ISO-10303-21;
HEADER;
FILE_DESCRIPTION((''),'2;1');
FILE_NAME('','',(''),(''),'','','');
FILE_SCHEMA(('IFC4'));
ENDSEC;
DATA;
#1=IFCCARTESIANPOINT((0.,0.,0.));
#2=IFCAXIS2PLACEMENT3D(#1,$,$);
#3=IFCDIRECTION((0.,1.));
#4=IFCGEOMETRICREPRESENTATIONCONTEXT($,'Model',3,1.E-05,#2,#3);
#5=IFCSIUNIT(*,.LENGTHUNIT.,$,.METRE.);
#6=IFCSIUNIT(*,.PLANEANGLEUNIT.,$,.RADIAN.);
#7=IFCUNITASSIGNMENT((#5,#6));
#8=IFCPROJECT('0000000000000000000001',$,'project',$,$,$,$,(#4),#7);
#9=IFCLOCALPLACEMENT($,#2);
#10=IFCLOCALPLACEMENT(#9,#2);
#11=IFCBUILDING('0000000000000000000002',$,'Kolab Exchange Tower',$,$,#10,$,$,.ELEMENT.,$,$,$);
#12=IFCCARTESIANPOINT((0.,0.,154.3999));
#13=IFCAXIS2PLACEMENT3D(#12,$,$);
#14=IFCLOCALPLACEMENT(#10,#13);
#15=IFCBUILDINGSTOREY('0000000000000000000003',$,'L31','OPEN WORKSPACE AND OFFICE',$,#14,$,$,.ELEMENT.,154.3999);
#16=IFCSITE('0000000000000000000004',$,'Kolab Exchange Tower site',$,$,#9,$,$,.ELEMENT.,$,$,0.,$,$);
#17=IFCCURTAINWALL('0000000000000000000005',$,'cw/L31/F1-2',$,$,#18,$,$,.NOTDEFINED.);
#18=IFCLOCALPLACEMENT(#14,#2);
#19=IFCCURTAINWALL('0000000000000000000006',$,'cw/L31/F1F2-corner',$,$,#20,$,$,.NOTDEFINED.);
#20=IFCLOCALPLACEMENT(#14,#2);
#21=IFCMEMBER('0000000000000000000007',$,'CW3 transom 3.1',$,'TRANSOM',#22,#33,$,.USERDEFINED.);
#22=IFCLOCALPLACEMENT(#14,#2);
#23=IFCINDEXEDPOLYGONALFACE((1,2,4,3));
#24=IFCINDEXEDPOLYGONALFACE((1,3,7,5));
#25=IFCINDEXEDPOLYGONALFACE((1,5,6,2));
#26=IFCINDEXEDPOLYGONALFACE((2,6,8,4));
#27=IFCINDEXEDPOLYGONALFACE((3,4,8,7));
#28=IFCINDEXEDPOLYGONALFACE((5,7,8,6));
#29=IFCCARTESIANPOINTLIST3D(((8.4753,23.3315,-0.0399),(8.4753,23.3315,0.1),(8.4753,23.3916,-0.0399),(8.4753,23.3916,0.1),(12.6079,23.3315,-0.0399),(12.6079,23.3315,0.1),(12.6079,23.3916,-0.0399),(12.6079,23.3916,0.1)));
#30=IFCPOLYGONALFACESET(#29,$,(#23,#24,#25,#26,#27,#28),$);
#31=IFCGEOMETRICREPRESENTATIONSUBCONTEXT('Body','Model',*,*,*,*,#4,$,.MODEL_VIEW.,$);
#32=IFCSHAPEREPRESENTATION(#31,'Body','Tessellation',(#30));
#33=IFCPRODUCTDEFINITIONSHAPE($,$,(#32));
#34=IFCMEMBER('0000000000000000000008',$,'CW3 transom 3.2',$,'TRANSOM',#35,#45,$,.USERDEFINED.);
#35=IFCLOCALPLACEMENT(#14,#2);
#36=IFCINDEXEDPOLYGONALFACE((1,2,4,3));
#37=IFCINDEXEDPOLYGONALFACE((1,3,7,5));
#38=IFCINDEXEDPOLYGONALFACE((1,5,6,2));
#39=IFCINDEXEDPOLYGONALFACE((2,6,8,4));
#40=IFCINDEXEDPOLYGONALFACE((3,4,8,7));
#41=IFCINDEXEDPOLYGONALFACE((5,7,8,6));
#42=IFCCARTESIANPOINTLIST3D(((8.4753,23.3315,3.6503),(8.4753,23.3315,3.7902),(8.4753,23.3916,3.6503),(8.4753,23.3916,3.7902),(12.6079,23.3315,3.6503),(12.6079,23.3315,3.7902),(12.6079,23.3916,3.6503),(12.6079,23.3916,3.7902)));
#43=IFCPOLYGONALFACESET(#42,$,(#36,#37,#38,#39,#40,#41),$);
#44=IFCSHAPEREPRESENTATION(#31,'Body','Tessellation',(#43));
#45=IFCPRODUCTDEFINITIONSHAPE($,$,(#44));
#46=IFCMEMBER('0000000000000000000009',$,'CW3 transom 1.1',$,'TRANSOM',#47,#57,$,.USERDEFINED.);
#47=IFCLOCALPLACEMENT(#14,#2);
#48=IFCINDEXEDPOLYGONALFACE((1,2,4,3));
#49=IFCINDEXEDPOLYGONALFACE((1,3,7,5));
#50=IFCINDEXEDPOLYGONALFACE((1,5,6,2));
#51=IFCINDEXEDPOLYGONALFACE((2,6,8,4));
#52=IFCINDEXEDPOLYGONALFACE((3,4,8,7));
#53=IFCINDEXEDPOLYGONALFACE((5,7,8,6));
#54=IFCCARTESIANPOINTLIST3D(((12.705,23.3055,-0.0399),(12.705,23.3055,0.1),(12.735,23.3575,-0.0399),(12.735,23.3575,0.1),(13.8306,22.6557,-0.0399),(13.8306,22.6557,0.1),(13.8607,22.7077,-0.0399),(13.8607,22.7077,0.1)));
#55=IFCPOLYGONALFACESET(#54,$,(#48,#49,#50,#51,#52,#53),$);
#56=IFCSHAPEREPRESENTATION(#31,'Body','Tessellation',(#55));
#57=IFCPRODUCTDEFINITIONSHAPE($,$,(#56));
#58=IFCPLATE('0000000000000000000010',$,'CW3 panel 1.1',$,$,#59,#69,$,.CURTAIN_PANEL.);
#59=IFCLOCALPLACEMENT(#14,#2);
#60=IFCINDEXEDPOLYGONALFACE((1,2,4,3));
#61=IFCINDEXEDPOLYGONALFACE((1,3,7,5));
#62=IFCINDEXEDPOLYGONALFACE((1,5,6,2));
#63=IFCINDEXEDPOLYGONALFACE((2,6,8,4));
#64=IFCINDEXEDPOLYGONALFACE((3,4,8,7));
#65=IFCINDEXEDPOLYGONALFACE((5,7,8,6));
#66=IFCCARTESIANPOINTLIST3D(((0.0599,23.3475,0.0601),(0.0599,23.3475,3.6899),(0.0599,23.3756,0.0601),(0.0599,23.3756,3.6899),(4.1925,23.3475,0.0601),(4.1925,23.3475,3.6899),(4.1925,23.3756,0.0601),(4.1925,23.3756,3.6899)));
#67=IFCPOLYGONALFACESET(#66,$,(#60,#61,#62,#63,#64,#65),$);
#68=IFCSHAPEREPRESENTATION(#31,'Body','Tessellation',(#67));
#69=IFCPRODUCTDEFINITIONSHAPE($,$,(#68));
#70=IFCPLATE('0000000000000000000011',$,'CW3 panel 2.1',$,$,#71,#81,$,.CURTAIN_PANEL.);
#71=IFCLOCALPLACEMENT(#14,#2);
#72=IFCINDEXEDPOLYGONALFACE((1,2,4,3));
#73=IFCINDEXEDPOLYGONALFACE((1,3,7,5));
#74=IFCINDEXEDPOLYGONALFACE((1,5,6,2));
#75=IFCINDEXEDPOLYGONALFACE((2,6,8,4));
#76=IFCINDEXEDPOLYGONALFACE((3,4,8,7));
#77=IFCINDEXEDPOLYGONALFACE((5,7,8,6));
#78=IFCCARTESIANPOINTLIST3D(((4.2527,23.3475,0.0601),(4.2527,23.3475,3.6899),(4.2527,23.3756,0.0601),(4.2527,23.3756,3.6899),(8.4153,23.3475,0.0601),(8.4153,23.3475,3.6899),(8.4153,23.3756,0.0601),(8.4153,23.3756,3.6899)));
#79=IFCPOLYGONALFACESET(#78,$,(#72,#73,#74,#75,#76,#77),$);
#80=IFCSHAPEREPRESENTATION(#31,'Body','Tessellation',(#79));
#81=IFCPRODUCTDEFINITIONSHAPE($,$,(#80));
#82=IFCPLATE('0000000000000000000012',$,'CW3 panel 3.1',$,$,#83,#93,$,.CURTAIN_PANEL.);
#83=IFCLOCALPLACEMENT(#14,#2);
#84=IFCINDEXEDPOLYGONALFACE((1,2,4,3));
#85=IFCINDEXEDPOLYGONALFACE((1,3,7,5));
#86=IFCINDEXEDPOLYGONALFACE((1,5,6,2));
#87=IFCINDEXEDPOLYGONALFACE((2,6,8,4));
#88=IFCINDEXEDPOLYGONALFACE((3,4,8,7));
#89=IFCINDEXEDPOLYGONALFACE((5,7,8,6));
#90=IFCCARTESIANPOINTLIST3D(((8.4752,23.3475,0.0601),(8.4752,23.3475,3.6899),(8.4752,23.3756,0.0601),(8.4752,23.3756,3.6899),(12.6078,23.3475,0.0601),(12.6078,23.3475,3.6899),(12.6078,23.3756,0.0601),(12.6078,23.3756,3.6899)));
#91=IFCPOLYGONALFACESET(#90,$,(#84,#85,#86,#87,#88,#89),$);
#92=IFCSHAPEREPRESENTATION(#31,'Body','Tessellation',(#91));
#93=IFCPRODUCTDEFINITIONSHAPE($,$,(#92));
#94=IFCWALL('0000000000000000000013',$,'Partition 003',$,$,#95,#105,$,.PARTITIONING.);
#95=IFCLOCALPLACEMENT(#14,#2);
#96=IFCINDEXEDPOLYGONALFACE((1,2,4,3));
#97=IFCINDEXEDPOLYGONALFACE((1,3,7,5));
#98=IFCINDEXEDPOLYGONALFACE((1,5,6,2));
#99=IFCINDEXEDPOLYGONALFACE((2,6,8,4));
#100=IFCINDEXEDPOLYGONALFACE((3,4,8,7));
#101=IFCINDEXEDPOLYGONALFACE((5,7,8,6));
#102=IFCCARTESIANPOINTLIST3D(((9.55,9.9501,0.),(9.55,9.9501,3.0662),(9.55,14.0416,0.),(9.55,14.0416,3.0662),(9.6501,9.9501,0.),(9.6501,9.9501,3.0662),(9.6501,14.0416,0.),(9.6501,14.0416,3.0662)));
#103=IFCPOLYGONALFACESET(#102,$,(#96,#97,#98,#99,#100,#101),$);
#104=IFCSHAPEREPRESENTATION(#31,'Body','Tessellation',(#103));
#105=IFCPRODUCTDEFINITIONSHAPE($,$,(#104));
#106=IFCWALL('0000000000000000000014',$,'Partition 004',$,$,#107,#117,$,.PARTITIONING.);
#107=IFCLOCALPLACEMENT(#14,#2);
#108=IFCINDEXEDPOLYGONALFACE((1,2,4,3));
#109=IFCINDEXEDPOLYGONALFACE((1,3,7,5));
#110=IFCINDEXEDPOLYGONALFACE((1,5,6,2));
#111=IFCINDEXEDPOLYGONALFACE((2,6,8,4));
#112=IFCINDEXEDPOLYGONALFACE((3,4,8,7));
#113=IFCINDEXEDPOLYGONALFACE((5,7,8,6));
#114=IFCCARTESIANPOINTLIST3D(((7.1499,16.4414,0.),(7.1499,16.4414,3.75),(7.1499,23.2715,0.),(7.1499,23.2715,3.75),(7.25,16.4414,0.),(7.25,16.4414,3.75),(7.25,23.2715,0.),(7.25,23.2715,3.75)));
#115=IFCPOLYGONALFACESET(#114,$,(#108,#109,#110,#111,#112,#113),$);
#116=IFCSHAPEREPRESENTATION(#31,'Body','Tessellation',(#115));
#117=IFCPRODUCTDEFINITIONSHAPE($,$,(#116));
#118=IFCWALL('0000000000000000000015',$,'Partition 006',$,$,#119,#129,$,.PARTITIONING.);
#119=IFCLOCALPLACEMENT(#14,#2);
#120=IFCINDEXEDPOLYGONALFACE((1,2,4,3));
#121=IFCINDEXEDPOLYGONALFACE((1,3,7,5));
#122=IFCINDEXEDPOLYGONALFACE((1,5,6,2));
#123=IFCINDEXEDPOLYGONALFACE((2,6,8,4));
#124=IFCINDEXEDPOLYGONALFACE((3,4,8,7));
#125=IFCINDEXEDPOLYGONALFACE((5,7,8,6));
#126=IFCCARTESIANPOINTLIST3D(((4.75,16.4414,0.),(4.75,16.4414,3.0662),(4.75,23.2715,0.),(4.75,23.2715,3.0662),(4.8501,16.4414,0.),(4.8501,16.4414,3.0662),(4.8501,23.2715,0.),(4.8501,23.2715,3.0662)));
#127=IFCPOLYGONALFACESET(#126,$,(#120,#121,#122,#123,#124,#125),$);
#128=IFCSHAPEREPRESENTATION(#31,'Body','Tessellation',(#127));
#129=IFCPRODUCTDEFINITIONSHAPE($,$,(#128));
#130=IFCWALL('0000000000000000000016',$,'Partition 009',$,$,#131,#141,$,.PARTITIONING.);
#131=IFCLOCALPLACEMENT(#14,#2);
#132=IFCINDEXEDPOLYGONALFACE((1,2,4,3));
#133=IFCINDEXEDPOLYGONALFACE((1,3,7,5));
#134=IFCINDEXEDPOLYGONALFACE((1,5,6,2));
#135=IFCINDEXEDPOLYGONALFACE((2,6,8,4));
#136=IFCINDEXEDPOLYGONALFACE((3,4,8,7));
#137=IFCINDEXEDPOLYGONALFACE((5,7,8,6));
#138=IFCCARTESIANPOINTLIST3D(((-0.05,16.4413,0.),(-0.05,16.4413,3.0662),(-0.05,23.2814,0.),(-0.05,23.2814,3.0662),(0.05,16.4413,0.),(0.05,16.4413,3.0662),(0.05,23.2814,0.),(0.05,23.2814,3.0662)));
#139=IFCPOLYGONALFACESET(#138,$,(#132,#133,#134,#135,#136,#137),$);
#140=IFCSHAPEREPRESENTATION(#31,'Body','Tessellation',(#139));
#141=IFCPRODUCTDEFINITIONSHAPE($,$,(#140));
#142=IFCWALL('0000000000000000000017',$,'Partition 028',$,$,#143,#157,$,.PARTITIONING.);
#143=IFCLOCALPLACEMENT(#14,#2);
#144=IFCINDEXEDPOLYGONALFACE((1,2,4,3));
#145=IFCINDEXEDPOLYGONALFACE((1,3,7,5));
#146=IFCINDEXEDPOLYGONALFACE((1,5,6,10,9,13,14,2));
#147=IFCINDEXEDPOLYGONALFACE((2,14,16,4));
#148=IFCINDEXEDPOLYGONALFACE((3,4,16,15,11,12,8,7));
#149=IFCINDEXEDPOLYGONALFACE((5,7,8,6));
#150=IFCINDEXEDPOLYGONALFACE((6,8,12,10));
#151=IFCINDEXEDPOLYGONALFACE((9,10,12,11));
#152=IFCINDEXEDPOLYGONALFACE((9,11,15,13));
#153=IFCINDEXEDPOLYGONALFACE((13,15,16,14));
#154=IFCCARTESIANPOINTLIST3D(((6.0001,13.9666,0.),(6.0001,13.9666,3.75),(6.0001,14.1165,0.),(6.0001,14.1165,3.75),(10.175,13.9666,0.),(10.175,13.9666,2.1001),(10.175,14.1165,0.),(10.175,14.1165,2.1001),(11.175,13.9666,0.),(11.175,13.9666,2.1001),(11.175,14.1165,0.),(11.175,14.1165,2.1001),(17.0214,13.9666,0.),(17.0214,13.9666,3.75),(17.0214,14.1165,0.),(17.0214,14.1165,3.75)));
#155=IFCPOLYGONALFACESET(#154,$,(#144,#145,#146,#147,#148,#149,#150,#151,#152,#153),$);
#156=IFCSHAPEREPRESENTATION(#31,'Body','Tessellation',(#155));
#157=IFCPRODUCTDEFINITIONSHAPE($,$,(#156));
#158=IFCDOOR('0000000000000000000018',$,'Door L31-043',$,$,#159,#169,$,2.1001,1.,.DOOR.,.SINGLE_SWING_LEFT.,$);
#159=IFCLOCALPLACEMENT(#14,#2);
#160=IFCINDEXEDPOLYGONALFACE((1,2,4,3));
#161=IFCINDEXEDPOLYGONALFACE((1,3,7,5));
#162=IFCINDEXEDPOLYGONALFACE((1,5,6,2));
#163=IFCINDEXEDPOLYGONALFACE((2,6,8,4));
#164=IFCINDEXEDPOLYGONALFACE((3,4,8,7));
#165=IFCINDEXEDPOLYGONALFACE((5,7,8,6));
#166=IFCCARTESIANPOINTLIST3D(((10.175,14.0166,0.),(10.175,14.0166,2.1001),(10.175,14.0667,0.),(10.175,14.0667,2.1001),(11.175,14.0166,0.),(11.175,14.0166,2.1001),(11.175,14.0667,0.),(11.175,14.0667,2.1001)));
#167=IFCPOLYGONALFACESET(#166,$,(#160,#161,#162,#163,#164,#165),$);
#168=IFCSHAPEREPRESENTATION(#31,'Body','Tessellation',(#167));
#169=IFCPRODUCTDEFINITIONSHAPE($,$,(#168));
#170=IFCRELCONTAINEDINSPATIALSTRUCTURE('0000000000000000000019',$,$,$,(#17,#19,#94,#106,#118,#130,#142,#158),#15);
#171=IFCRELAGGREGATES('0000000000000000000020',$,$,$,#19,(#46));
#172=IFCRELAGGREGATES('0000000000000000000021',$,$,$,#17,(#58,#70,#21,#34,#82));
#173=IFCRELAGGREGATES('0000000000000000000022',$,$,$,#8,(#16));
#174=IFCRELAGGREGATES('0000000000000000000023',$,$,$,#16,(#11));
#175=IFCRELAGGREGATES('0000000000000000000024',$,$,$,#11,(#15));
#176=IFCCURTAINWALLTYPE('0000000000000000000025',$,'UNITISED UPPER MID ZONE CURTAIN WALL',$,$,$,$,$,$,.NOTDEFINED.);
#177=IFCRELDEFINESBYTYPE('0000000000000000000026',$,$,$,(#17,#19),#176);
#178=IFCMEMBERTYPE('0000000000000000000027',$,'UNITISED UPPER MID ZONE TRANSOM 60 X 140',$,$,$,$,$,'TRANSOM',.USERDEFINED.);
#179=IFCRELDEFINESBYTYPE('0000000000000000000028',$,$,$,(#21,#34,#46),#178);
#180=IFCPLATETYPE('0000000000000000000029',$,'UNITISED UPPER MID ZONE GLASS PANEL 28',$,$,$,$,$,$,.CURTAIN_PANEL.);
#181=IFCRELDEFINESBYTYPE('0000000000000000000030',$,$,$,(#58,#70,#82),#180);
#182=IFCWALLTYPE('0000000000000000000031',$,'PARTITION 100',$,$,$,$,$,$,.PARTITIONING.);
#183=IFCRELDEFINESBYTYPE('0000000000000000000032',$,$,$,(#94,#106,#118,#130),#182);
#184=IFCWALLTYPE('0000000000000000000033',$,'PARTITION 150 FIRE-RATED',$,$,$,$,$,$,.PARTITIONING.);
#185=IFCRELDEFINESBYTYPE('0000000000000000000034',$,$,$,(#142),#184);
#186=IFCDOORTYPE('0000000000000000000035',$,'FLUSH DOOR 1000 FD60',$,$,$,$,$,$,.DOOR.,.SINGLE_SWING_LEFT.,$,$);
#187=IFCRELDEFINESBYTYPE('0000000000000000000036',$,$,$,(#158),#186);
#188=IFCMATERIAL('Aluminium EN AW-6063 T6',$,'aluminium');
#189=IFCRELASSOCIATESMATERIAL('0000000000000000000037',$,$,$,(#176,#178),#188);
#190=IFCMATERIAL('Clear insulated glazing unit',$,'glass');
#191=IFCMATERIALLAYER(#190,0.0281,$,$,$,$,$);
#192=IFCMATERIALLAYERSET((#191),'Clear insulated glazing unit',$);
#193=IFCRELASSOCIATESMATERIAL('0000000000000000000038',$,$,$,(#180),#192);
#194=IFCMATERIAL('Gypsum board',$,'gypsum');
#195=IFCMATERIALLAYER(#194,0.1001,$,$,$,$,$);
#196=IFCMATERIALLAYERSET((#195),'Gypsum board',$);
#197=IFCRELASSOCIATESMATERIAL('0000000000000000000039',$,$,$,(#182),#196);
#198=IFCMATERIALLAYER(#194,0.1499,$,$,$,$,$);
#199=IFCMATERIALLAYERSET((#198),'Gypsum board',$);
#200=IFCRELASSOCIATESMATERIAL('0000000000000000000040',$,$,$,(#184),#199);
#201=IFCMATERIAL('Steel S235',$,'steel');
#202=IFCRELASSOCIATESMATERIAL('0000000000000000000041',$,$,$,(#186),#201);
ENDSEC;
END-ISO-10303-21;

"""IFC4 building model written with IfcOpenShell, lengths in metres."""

from ifc_helpers import new_model, si_unit, direction, frame, frame_2d, origin, origin_2d, place, context, subcontext, project, spatial, rectangle, extrude, material, layer, layer_set, material_profile, profile_set, type_object, element, fill, aggregate, save


model = new_model("IFC4")

# Units and contexts
model_context = context("Model", 3, precision=1e-05, world=origin(), true_north=direction((0.0, 1.0)))
body_context = subcontext(model_context, "Body", "Model", "MODEL_VIEW")
ifc_project = project(units=[si_unit("LENGTHUNIT", "METRE"), si_unit("PLANEANGLEUNIT", "RADIAN")], contexts=[model_context])

# Site, building, storey
site_placement = place(None, origin())
site = spatial("IfcSite", under=ifc_project, at=site_placement, Name="Kolab Exchange Tower site", CompositionType="ELEMENT", RefElevation=0.0)
building_placement = place(site_placement, origin())
building = spatial("IfcBuilding", under=site, at=building_placement, Name="Kolab Exchange Tower", CompositionType="ELEMENT")
storey_placement = place(building_placement, frame((0.0, 0.0, 154.3999)))
storey = spatial("IfcBuildingStorey", under=building, at=storey_placement, Name="L31", Description="OPEN WORKSPACE AND OFFICE", CompositionType="ELEMENT", Elevation=154.3999)

# Curtain wall
ifc_material_1 = material(Name="Aluminium EN AW-6063 T6", Category="aluminium")
curtain_wall_type = type_object("IfcCurtainWallType", Name="UNITISED UPPER MID ZONE CURTAIN WALL", PredefinedType="NOTDEFINED", material=ifc_material_1)
curtain_wall_1_placement = place(storey_placement, origin())
curtain_wall_1 = element("IfcCurtainWall", 1, at=curtain_wall_1_placement, inside=storey, type_object=curtain_wall_type, Name="cw/L31/F1-2", PredefinedType="NOTDEFINED")

# Curtain wall
curtain_wall_2_placement = place(storey_placement, origin())
curtain_wall_2 = element("IfcCurtainWall", 2, at=curtain_wall_2_placement, inside=storey, type_object=curtain_wall_type, Name="cw/L31/F1F2-corner", PredefinedType="NOTDEFINED")

# Members
ifc_material_profile_1 = material_profile(ifc_material_1, rectangle(XDim=0.0601, YDim=0.1399, at=origin_2d()), Name="RECT 60X140")
ifc_profile_set_1 = profile_set([ifc_material_profile_1], Name="Aluminium EN AW-6063 T6")
member_type_1 = type_object("IfcMemberType", Name="UNITISED UPPER MID ZONE TRANSOM 60 X 140", ElementType="TRANSOM", PredefinedType="USERDEFINED", material=ifc_profile_set_1)
member_1_placement = place(storey_placement, frame((8.4753, 23.3616, 0.03), z_axis=(1.0, 0.0, 0.0), x_axis=(0.0, 1.0, 0.0)))
member_1 = element("IfcMember", 3, at=member_1_placement, type_object=member_type_1, Name="CW3 transom 3.1", ObjectType="TRANSOM", PredefinedType="USERDEFINED", context=body_context, shape_type="SweptSolid", body=[
    extrude(rectangle(XDim=0.0601, YDim=0.1399, at=origin_2d()), origin(), (0.0, 0.0, 1.0), 4.1326),
])
member_2_placement = place(storey_placement, frame((8.4753, 23.3616, 3.7202), z_axis=(1.0, 0.0, 0.0), x_axis=(0.0, 1.0, 0.0)))
member_2 = element("IfcMember", 4, at=member_2_placement, type_object=member_type_1, Name="CW3 transom 3.2", ObjectType="TRANSOM", PredefinedType="USERDEFINED", context=body_context, shape_type="SweptSolid", body=[
    extrude(rectangle(XDim=0.0601, YDim=0.1399, at=origin_2d()), origin(), (0.0, 0.0, 1.0), 4.1326),
])
member_3_placement = place(storey_placement, frame((12.72, 23.3315, 0.03), z_axis=(0.866039, -0.499977, 0.0), x_axis=(0.499977, 0.866039, 0.0)))
member_3 = element("IfcMember", 5, at=member_3_placement, type_object=member_type_1, Name="CW3 transom 1.1", ObjectType="TRANSOM", PredefinedType="USERDEFINED", context=body_context, shape_type="SweptSolid", body=[
    extrude(rectangle(XDim=0.0601, YDim=0.1399, at=origin_2d()), origin(), (0.0, 0.0, 1.0), 1.2998),
])
aggregate(curtain_wall_2, [member_3])

# Plates
ifc_material_2 = material(Name="Clear insulated glazing unit", Category="glass")
ifc_layer_1 = layer(ifc_material_2, 0.0281)
ifc_layer_set_1 = layer_set([ifc_layer_1], Name="Clear insulated glazing unit")
plate_type = type_object("IfcPlateType", Name="UNITISED UPPER MID ZONE GLASS PANEL 28", PredefinedType="CURTAIN_PANEL", material=ifc_layer_set_1)
plate_1_placement = place(storey_placement, frame((2.1262, 23.3616, 0.0601), z_axis=(0.0, 0.0, 1.0), x_axis=(1.0, 0.0, 0.0)))
plate_1 = element("IfcPlate", 6, at=plate_1_placement, type_object=plate_type, Name="CW3 panel 1.1", PredefinedType="CURTAIN_PANEL", context=body_context, shape_type="SweptSolid", body=[
    extrude(rectangle(XDim=4.1326, YDim=0.0281, at=origin_2d()), origin(), (0.0, 0.0, 1.0), 3.6299),
])
plate_2_placement = place(storey_placement, frame((6.334, 23.3616, 0.0601), z_axis=(0.0, 0.0, 1.0), x_axis=(1.0, 0.0, 0.0)))
plate_2 = element("IfcPlate", 7, at=plate_2_placement, type_object=plate_type, Name="CW3 panel 2.1", PredefinedType="CURTAIN_PANEL", context=body_context, shape_type="SweptSolid", body=[
    extrude(rectangle(XDim=4.1626, YDim=0.0281, at=origin_2d()), origin(), (0.0, 0.0, 1.0), 3.6299),
])
plate_3_placement = place(storey_placement, frame((10.5415, 23.3616, 0.0601), z_axis=(0.0, 0.0, 1.0), x_axis=(1.0, 0.0, 0.0)))
plate_3 = element("IfcPlate", 8, at=plate_3_placement, type_object=plate_type, Name="CW3 panel 3.1", PredefinedType="CURTAIN_PANEL", context=body_context, shape_type="SweptSolid", body=[
    extrude(rectangle(XDim=4.1326, YDim=0.0281, at=origin_2d()), origin(), (0.0, 0.0, 1.0), 3.6299),
])
aggregate(curtain_wall_1, [plate_1, plate_2, member_1, member_2, plate_3])

# Walls
ifc_material_3 = material(Name="Gypsum board", Category="gypsum")
ifc_layer_2 = layer(ifc_material_3, 0.1001)
ifc_layer_set_2 = layer_set([ifc_layer_2], Name="Gypsum board")
wall_type_1 = type_object("IfcWallType", Name="PARTITION 100", PredefinedType="PARTITIONING", material=ifc_layer_set_2)
wall_1_placement = place(storey_placement, frame((9.6001, 9.95, 0.0), z_axis=(0.0, 0.0, 1.0), x_axis=(0.0, 1.0, 0.0)))
element("IfcWall", 9, at=wall_1_placement, inside=storey, type_object=wall_type_1, Name="Partition 003", PredefinedType="PARTITIONING", context=body_context, shape_type="SweptSolid", body=[
    extrude(rectangle(XDim=4.0916, YDim=0.1001, at=frame_2d((2.0459, 0.0))), origin(), (0.0, 0.0, 1.0), 3.0662),
])
wall_2_placement = place(storey_placement, frame((7.2, 16.4414, 0.0), z_axis=(0.0, 0.0, 1.0), x_axis=(0.0, 1.0, 0.0)))
element("IfcWall", 10, at=wall_2_placement, inside=storey, type_object=wall_type_1, Name="Partition 004", PredefinedType="PARTITIONING", context=body_context, shape_type="SweptSolid", body=[
    extrude(rectangle(XDim=6.8301, YDim=0.1001, at=frame_2d((3.415, 0.0))), origin(), (0.0, 0.0, 1.0), 3.75),
])
wall_3_placement = place(storey_placement, frame((4.8, 16.4414, 0.0), z_axis=(0.0, 0.0, 1.0), x_axis=(0.0, 1.0, 0.0)))
element("IfcWall", 11, at=wall_3_placement, inside=storey, type_object=wall_type_1, Name="Partition 006", PredefinedType="PARTITIONING", context=body_context, shape_type="SweptSolid", body=[
    extrude(rectangle(XDim=6.8301, YDim=0.1001, at=frame_2d((3.415, 0.0))), origin(), (0.0, 0.0, 1.0), 3.0662),
])
wall_4_placement = place(storey_placement, frame((0.0, 16.4414, 0.0), z_axis=(0.0, 0.0, 1.0), x_axis=(0.0, 1.0, 0.0)))
element("IfcWall", 12, at=wall_4_placement, inside=storey, type_object=wall_type_1, Name="Partition 009", PredefinedType="PARTITIONING", context=body_context, shape_type="SweptSolid", body=[
    extrude(rectangle(XDim=6.8401, YDim=0.1001, at=frame_2d((3.4199, 0.0))), origin(), (0.0, 0.0, 1.0), 3.0662),
])

# Wall, opening, door
ifc_layer_3 = layer(ifc_material_3, 0.1499)
ifc_layer_set_3 = layer_set([ifc_layer_3], Name="Gypsum board")
wall_type_2 = type_object("IfcWallType", Name="PARTITION 150 FIRE-RATED", PredefinedType="PARTITIONING", material=ifc_layer_set_3)
wall_5_placement = place(storey_placement, frame((6.0, 14.0415, 0.0), z_axis=(0.0, 0.0, 1.0), x_axis=(1.0, 0.0, 0.0)))
wall_5 = element("IfcWall", 13, at=wall_5_placement, inside=storey, type_object=wall_type_2, Name="Partition 028", PredefinedType="PARTITIONING", context=body_context, shape_type="SweptSolid", body=[
    extrude(rectangle(XDim=11.0212, YDim=0.1499, at=frame_2d((5.5107, 0.0))), origin(), (0.0, 0.0, 1.0), 3.75),
])
opening_placement = place(wall_5_placement, frame((4.175, 0.0, 0.0)))
opening = element("IfcOpeningElement", 14, at=opening_placement, cuts=wall_5, PredefinedType="OPENING", context=body_context, shape_type="SweptSolid", body=[
    extrude(rectangle(XDim=1.0, YDim=2.1001, at=frame_2d((0.5, 1.05))), frame((0.0, 0.085, 0.0), z_axis=(0.0, -1.0, 0.0), x_axis=(1.0, 0.0, 0.0)), (0.0, 0.0, 1.0), 0.1699),
])
ifc_material_4 = material(Name="Steel S235", Category="steel")
door_type = type_object("IfcDoorType", Name="FLUSH DOOR 1000 FD60", OperationType="SINGLE_SWING_LEFT", PredefinedType="DOOR", material=ifc_material_4)
door_placement = place(opening_placement, frame((1.0, 0.0, 0.0), z_axis=(0.0, 0.0, 1.0), x_axis=(-1.0, 0.0, 0.0)))
door = element("IfcDoor", 15, at=door_placement, inside=storey, type_object=door_type, Name="Door L31-043", OperationType="SINGLE_SWING_LEFT", OverallHeight=2.1001, OverallWidth=1.0, PredefinedType="DOOR", context=body_context, shape_type="SweptSolid", body=[
    extrude(rectangle(XDim=1.0, YDim=2.1001, at=frame_2d((0.5, 1.05))), frame((0.0, 0.0249, 0.0), z_axis=(0.0, -1.0, 0.0), x_axis=(1.0, 0.0, 0.0)), (0.0, 0.0, 1.0), 0.05),
])
fill(opening, door)

save(model, "model.ifc")
